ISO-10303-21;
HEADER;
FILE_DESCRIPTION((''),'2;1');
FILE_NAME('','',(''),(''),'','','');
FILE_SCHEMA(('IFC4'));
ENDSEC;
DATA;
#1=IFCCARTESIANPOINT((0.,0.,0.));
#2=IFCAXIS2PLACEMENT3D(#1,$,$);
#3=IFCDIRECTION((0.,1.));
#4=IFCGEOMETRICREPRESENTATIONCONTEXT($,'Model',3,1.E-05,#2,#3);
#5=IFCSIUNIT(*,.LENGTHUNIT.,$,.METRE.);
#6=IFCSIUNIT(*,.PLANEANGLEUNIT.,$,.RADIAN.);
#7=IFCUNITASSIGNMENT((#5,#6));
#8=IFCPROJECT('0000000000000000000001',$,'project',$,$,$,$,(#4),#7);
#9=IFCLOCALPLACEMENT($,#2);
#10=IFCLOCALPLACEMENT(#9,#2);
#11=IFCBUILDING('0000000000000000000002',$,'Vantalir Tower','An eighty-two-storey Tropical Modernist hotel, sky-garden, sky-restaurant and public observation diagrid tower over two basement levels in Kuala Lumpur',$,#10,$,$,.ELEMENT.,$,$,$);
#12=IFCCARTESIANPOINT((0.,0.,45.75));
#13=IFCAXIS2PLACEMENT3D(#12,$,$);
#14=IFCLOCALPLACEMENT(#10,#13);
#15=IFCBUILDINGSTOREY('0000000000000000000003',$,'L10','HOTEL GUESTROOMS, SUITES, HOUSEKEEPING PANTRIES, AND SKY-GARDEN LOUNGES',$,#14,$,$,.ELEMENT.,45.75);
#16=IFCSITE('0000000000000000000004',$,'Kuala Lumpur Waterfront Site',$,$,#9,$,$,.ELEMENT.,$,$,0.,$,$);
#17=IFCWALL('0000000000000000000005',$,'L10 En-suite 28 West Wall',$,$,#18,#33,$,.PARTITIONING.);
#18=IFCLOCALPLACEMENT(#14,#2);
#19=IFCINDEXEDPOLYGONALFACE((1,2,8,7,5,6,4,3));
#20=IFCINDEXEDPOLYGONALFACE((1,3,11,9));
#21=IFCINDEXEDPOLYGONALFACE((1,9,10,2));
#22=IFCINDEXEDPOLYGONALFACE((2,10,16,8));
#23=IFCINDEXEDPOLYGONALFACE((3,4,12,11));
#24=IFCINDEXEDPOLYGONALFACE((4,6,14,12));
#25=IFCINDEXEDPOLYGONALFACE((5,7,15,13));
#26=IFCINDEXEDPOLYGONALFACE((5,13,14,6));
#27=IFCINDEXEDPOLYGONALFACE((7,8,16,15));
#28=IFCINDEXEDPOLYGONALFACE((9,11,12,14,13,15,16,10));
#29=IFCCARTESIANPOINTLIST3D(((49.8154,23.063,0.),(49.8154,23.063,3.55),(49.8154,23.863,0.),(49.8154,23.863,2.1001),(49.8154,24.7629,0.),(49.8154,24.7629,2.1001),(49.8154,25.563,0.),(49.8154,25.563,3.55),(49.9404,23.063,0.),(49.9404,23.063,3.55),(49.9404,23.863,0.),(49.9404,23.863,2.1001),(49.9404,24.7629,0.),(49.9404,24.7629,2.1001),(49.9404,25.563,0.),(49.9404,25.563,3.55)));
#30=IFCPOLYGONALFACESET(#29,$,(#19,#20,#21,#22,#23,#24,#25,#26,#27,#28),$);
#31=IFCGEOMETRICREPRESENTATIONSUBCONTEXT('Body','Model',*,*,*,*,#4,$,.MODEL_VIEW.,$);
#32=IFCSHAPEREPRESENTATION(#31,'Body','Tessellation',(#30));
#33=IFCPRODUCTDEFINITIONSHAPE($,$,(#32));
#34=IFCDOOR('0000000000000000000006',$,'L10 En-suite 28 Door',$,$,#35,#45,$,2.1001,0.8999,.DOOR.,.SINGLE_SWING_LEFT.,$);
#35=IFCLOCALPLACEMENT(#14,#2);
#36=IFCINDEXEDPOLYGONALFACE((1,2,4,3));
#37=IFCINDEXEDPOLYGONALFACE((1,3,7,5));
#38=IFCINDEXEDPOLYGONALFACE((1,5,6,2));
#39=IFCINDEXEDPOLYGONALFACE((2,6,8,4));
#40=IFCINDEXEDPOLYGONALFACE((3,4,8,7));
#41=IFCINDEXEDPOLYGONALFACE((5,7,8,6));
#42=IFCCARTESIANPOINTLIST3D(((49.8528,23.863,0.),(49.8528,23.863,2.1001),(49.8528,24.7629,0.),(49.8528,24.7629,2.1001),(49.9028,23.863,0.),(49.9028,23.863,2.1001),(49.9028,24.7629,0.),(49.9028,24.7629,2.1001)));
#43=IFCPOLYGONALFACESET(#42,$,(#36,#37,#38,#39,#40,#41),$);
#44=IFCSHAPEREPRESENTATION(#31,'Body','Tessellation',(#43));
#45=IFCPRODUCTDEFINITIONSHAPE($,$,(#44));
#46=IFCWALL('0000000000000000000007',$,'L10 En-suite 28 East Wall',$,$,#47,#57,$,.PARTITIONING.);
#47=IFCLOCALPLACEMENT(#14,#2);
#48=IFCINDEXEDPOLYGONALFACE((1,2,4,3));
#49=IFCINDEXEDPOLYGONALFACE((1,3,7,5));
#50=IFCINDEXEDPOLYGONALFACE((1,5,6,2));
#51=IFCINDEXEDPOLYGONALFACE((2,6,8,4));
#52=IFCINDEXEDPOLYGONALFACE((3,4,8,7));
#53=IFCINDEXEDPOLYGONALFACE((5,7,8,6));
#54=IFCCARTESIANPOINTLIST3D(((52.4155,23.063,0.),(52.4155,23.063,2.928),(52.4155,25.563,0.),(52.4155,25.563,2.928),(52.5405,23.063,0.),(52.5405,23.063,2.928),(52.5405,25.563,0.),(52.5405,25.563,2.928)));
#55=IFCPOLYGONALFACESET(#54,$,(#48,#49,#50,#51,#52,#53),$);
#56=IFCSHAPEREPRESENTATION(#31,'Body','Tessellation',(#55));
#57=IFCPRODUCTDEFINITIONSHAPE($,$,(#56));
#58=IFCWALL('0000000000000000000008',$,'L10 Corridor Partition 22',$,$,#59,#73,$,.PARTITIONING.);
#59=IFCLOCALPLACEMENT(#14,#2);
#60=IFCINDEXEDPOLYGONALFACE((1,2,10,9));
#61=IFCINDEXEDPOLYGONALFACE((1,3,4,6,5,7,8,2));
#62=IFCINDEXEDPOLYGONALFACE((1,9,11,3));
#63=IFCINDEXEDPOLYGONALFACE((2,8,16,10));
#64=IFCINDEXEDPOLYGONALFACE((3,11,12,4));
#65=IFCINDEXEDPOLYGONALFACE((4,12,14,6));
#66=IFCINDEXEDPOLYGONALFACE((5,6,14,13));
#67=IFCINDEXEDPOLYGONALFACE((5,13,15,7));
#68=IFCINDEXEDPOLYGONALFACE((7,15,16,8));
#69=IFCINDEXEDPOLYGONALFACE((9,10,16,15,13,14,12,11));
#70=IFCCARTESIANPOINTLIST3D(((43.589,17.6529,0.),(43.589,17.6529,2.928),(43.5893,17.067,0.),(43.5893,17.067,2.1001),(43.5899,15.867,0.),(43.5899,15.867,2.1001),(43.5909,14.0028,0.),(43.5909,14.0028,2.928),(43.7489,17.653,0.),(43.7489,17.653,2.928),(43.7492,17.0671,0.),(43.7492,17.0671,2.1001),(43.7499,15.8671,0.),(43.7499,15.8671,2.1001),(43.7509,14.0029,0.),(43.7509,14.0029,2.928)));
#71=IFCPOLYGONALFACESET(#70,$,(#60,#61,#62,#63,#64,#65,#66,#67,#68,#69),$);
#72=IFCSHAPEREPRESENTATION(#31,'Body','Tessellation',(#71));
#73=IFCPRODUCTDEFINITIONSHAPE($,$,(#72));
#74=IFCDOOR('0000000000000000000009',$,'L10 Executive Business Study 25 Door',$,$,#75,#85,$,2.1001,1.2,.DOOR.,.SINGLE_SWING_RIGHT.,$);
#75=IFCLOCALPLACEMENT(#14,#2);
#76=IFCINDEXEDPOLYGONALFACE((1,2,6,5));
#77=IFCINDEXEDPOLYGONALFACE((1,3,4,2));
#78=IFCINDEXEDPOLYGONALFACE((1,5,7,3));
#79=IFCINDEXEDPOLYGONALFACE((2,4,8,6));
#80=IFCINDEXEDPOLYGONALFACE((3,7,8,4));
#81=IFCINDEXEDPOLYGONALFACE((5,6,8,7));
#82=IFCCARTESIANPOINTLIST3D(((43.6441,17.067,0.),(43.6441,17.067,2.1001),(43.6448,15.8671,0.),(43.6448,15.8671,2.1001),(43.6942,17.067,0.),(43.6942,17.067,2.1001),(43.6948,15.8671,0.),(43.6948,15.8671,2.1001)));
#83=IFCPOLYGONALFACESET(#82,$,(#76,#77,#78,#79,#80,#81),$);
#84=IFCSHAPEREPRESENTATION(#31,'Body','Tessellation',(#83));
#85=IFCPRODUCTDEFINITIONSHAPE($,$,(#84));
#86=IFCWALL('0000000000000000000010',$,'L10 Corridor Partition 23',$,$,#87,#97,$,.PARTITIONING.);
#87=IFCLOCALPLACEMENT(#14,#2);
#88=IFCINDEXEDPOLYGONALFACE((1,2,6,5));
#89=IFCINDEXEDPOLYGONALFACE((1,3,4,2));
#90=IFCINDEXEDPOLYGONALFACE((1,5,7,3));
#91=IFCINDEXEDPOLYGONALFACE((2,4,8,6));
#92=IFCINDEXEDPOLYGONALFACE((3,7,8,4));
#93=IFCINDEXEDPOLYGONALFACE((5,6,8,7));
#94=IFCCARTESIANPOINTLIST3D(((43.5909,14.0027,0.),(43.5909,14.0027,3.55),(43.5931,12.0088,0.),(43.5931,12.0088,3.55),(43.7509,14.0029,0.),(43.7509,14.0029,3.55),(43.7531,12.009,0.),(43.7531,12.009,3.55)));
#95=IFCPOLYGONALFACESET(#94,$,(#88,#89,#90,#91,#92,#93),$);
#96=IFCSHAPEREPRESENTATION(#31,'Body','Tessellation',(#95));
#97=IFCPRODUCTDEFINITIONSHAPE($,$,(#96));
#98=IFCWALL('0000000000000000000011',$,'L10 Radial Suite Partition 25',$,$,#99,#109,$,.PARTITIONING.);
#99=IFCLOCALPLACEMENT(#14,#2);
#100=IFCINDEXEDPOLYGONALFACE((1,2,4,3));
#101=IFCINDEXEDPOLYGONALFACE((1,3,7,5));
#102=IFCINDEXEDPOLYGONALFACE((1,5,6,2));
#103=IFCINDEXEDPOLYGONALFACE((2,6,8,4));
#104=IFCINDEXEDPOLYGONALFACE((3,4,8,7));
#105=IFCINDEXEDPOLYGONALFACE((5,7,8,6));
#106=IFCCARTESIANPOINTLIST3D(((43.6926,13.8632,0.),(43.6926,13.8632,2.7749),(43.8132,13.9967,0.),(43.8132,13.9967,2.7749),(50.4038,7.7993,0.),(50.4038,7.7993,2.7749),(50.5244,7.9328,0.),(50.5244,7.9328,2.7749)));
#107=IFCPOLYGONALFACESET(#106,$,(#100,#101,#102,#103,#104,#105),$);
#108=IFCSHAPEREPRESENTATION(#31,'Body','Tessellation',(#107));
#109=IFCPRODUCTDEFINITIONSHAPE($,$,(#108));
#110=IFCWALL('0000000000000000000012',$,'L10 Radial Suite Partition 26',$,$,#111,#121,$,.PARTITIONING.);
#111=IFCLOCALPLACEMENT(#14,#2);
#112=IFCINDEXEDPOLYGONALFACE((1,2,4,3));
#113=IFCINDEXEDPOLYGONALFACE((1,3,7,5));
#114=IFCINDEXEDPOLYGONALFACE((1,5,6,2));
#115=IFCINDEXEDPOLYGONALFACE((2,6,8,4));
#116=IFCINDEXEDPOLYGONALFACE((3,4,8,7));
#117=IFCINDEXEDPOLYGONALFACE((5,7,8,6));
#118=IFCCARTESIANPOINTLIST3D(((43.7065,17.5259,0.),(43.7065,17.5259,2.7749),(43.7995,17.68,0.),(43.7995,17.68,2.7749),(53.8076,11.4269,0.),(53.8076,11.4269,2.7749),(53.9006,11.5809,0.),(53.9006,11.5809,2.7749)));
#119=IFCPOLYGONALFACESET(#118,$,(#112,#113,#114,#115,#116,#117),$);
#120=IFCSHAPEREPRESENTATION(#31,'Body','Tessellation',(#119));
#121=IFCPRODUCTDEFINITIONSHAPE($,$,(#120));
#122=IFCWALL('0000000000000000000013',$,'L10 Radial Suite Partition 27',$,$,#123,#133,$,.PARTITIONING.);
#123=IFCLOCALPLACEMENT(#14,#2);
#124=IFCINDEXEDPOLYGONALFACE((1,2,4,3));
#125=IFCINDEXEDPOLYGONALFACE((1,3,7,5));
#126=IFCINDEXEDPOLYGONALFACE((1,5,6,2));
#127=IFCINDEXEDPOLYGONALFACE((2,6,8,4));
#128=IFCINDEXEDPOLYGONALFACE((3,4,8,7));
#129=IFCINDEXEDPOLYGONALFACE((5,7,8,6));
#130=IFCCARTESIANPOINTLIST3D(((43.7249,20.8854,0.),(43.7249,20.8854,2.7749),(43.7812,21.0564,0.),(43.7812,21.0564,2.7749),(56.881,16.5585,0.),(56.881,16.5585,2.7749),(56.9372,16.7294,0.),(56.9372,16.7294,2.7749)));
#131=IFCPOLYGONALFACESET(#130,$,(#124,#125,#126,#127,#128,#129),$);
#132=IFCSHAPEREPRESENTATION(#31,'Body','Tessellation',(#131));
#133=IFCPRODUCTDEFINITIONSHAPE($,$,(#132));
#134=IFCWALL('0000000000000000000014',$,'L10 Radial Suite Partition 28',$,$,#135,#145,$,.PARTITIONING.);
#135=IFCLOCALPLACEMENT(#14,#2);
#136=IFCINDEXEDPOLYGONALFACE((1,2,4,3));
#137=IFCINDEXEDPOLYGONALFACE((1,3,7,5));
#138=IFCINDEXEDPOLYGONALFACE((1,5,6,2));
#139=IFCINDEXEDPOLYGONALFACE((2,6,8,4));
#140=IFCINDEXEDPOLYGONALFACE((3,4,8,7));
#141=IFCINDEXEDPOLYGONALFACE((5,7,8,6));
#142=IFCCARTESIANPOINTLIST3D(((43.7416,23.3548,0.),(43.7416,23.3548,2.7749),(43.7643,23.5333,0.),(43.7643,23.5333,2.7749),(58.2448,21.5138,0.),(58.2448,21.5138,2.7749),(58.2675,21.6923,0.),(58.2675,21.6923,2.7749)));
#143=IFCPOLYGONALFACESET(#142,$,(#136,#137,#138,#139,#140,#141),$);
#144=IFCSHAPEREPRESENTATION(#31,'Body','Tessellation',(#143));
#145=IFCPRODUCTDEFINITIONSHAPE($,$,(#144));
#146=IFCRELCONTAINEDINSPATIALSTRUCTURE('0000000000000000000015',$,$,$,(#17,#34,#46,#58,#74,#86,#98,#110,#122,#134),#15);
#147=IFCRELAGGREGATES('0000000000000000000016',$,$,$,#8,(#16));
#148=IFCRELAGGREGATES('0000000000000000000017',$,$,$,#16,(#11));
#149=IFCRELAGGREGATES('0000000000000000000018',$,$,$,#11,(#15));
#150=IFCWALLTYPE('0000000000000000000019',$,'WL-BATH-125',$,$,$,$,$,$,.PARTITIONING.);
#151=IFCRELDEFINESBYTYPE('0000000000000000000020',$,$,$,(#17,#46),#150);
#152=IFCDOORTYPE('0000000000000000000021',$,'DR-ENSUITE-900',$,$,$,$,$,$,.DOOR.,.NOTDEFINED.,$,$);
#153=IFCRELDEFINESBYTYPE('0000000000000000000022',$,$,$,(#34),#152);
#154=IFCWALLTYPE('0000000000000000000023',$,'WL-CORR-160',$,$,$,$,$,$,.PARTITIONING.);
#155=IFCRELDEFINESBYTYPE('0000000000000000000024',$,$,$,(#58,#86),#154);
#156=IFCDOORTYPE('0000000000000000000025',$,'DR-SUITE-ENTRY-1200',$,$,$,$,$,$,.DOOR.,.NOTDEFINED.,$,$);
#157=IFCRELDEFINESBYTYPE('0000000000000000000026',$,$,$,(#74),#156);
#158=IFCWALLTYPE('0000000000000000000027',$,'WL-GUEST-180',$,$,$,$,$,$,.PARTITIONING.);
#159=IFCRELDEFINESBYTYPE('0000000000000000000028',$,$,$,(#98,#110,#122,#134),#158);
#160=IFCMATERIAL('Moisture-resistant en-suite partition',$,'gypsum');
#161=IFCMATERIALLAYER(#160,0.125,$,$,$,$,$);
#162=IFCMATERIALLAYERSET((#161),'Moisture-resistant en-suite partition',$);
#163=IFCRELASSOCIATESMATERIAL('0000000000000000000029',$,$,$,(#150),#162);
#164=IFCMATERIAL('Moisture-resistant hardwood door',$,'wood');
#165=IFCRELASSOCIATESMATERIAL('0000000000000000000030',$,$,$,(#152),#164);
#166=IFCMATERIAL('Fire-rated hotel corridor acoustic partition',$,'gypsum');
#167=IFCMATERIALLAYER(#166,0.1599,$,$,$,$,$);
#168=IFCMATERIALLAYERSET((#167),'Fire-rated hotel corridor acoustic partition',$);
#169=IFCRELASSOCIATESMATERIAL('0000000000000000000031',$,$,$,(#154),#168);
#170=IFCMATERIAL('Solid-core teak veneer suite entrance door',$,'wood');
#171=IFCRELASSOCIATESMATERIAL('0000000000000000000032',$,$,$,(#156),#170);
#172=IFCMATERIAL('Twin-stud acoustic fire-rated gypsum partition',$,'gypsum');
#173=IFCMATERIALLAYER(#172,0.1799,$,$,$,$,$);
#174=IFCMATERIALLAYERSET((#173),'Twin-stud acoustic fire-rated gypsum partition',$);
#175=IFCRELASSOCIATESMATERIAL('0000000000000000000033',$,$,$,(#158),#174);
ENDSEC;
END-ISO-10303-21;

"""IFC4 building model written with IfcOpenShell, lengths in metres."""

from ifc_helpers import new_model, si_unit, direction, frame, frame_2d, origin, place, context, subcontext, project, spatial, rectangle, extrude, material, layer, layer_set, type_object, element, fill, save


model = new_model("IFC4")

# Units and contexts
model_context = context("Model", 3, precision=1e-05, world=origin(), true_north=direction((0.0, 1.0)))
body_context = subcontext(model_context, "Body", "Model", "MODEL_VIEW")
ifc_project = project(units=[si_unit("LENGTHUNIT", "METRE"), si_unit("PLANEANGLEUNIT", "RADIAN")], contexts=[model_context])

# Site, building, storey
site_placement = place(None, origin())
site = spatial("IfcSite", under=ifc_project, at=site_placement, Name="Kuala Lumpur Waterfront Site", CompositionType="ELEMENT", RefElevation=0.0)
building_placement = place(site_placement, origin())
building = spatial("IfcBuilding", under=site, at=building_placement, Name="Vantalir Tower", Description="An eighty-two-storey Tropical Modernist hotel, sky-garden, sky-restaurant and public observation diagrid tower over two basement levels in Kuala Lumpur", CompositionType="ELEMENT")
storey_placement = place(building_placement, frame((0.0, 0.0, 45.75)))
storey = spatial("IfcBuildingStorey", under=building, at=storey_placement, Name="L10", Description="HOTEL GUESTROOMS, SUITES, HOUSEKEEPING PANTRIES, AND SKY-GARDEN LOUNGES", CompositionType="ELEMENT", Elevation=45.75)

# Shared definitions
ifc_material_1 = material(Name="Moisture-resistant en-suite partition", Category="gypsum")
ifc_layer_1 = layer(ifc_material_1, 0.125)
ifc_layer_set_1 = layer_set([ifc_layer_1], Name="Moisture-resistant en-suite partition")
wall_type_1 = type_object("IfcWallType", Name="WL-BATH-125", PredefinedType="PARTITIONING", material=ifc_layer_set_1)

# Shared definitions
ifc_material_2 = material(Name="Moisture-resistant hardwood door", Category="wood")
door_type_1 = type_object("IfcDoorType", Name="DR-ENSUITE-900", OperationType="NOTDEFINED", PredefinedType="DOOR", material=ifc_material_2)

# Wall, opening, door
wall_1_placement = place(storey_placement, frame((49.8779, 23.063, 0.0), z_axis=(0.0, 0.0, 1.0), x_axis=(0.0, 1.0, 0.0)))
wall_1 = element("IfcWall", 1, at=wall_1_placement, inside=storey, type_object=wall_type_1, Name="L10 En-suite 28 West Wall", PredefinedType="PARTITIONING", context=body_context, shape_type="SweptSolid", body=[
    extrude(rectangle(XDim=2.5, YDim=0.125, at=frame_2d((1.25, 0.0))), origin(), (0.0, 0.0, 1.0), 3.55),
])
opening_1_placement = place(wall_1_placement, frame((0.8, 0.0, 0.0)))
opening_1 = element("IfcOpeningElement", 2, at=opening_1_placement, cuts=wall_1, PredefinedType="OPENING", context=body_context, shape_type="SweptSolid", body=[
    extrude(rectangle(XDim=0.8999, YDim=2.1001, at=frame_2d((0.45, 1.05))), frame((0.0, 0.0725, 0.0), z_axis=(0.0, -1.0, 0.0), x_axis=(1.0, 0.0, 0.0)), (0.0, 0.0, 1.0), 0.145),
])
door_1_placement = place(opening_1_placement, frame((0.8999, 0.0, 0.0), z_axis=(0.0, 0.0, 1.0), x_axis=(-1.0, 0.0, 0.0)))
door_1 = element("IfcDoor", 3, at=door_1_placement, inside=storey, type_object=door_type_1, Name="L10 En-suite 28 Door", OperationType="SINGLE_SWING_LEFT", OverallHeight=2.1001, OverallWidth=0.8999, PredefinedType="DOOR", context=body_context, shape_type="SweptSolid", body=[
    extrude(rectangle(XDim=0.8999, YDim=2.1001, at=frame_2d((0.45, 1.05))), frame((0.0, 0.0249, 0.0), z_axis=(0.0, -1.0, 0.0), x_axis=(1.0, 0.0, 0.0)), (0.0, 0.0, 1.0), 0.05),
])
fill(opening_1, door_1)

# Wall
wall_2_placement = place(storey_placement, frame((52.478, 23.063, 0.0), z_axis=(0.0, 0.0, 1.0), x_axis=(0.0, 1.0, 0.0)))
element("IfcWall", 4, at=wall_2_placement, inside=storey, type_object=wall_type_1, Name="L10 En-suite 28 East Wall", PredefinedType="PARTITIONING", context=body_context, shape_type="SweptSolid", body=[
    extrude(rectangle(XDim=2.5, YDim=0.125, at=frame_2d((1.25, 0.0))), origin(), (0.0, 0.0, 1.0), 2.928),
])

# Wall, opening, door
ifc_material_3 = material(Name="Fire-rated hotel corridor acoustic partition", Category="gypsum")
ifc_layer_2 = layer(ifc_material_3, 0.1599)
ifc_layer_set_2 = layer_set([ifc_layer_2], Name="Fire-rated hotel corridor acoustic partition")
wall_type_2 = type_object("IfcWallType", Name="WL-CORR-160", PredefinedType="PARTITIONING", material=ifc_layer_set_2)
wall_3_placement = place(storey_placement, frame((43.6689, 17.6531, 0.0), z_axis=(0.0, 0.0, 1.0), x_axis=(0.000535, -1.0, 0.0)))
wall_3 = element("IfcWall", 5, at=wall_3_placement, inside=storey, type_object=wall_type_2, Name="L10 Corridor Partition 22", PredefinedType="PARTITIONING", context=body_context, shape_type="SweptSolid", body=[
    extrude(rectangle(XDim=3.6501, YDim=0.1599, at=frame_2d((1.8252, 0.0))), origin(), (0.0, 0.0, 1.0), 2.928),
])
opening_2_placement = place(wall_3_placement, frame((0.5859, 0.0, 0.0)))
opening_2 = element("IfcOpeningElement", 6, at=opening_2_placement, cuts=wall_3, PredefinedType="OPENING", context=body_context, shape_type="SweptSolid", body=[
    extrude(rectangle(XDim=1.2, YDim=2.1001, at=frame_2d((0.6001, 1.05))), frame((0.0, 0.0898, 0.0), z_axis=(0.0, -1.0, 0.0), x_axis=(1.0, 0.0, 0.0)), (0.0, 0.0, 1.0), 0.1799),
])
ifc_material_4 = material(Name="Solid-core teak veneer suite entrance door", Category="wood")
door_type_2 = type_object("IfcDoorType", Name="DR-SUITE-ENTRY-1200", OperationType="NOTDEFINED", PredefinedType="DOOR", material=ifc_material_4)
door_2_placement = place(opening_2_placement, origin())
door_2 = element("IfcDoor", 7, at=door_2_placement, inside=storey, type_object=door_type_2, Name="L10 Executive Business Study 25 Door", OperationType="SINGLE_SWING_RIGHT", OverallHeight=2.1001, OverallWidth=1.2, PredefinedType="DOOR", context=body_context, shape_type="SweptSolid", body=[
    extrude(rectangle(XDim=1.2, YDim=2.1001, at=frame_2d((0.6001, 1.05))), frame((0.0, 0.0249, 0.0), z_axis=(0.0, -1.0, 0.0), x_axis=(1.0, 0.0, 0.0)), (0.0, 0.0, 1.0), 0.05),
])
fill(opening_2, door_2)

# Walls
wall_4_placement = place(storey_placement, frame((43.6709, 14.0029, 0.0), z_axis=(0.0, 0.0, 1.0), x_axis=(0.001102, -0.999999, 0.0)))
element("IfcWall", 8, at=wall_4_placement, inside=storey, type_object=wall_type_2, Name="L10 Corridor Partition 23", PredefinedType="PARTITIONING", context=body_context, shape_type="SweptSolid", body=[
    extrude(rectangle(XDim=1.9939, YDim=0.1599, at=frame_2d((0.9971, 0.0))), origin(), (0.0, 0.0, 1.0), 3.55),
])
ifc_material_5 = material(Name="Twin-stud acoustic fire-rated gypsum partition", Category="gypsum")
ifc_layer_3 = layer(ifc_material_5, 0.1799)
ifc_layer_set_3 = layer_set([ifc_layer_3], Name="Twin-stud acoustic fire-rated gypsum partition")
wall_type_3 = type_object("IfcWallType", Name="WL-GUEST-180", PredefinedType="PARTITIONING", material=ifc_layer_set_3)
wall_5_placement = place(storey_placement, frame((43.7529, 13.9299, 0.0), z_axis=(0.0, 0.0, 1.0), x_axis=(0.741979, -0.670423, 0.0)))
element("IfcWall", 9, at=wall_5_placement, inside=storey, type_object=wall_type_3, Name="L10 Radial Suite Partition 25", PredefinedType="PARTITIONING", context=body_context, shape_type="SweptSolid", body=[
    extrude(rectangle(XDim=9.0449, YDim=0.1799, at=frame_2d((4.5225, 0.0))), origin(), (0.0, 0.0, 1.0), 2.7749),
])
wall_6_placement = place(storey_placement, frame((43.7529, 17.603, 0.0), z_axis=(0.0, 0.0, 1.0), x_axis=(0.856051, -0.516891, 0.0)))
element("IfcWall", 10, at=wall_6_placement, inside=storey, type_object=wall_type_3, Name="L10 Radial Suite Partition 26", PredefinedType="PARTITIONING", context=body_context, shape_type="SweptSolid", body=[
    extrude(rectangle(XDim=11.7996, YDim=0.1799, at=frame_2d((5.8999, 0.0))), origin(), (0.0, 0.0, 1.0), 2.7749),
])
wall_7_placement = place(storey_placement, frame((43.7529, 20.9709, 0.0), z_axis=(0.0, 0.0, 1.0), x_axis=(0.949941, -0.312428, 0.0)))
element("IfcWall", 11, at=wall_7_placement, inside=storey, type_object=wall_type_3, Name="L10 Radial Suite Partition 27", PredefinedType="PARTITIONING", context=body_context, shape_type="SweptSolid", body=[
    extrude(rectangle(XDim=13.8494, YDim=0.1799, at=frame_2d((6.9248, 0.0))), origin(), (0.0, 0.0, 1.0), 2.7749),
])
wall_8_placement = place(storey_placement, frame((43.7529, 23.4441, 0.0), z_axis=(0.0, 0.0, 1.0), x_axis=(0.992039, -0.125932, 0.0)))
element("IfcWall", 12, at=wall_8_placement, inside=storey, type_object=wall_type_3, Name="L10 Radial Suite Partition 28", PredefinedType="PARTITIONING", context=body_context, shape_type="SweptSolid", body=[
    extrude(rectangle(XDim=14.6196, YDim=0.1799, at=frame_2d((7.3098, 0.0))), origin(), (0.0, 0.0, 1.0), 2.7749),
])

save(model, "model.ifc")
